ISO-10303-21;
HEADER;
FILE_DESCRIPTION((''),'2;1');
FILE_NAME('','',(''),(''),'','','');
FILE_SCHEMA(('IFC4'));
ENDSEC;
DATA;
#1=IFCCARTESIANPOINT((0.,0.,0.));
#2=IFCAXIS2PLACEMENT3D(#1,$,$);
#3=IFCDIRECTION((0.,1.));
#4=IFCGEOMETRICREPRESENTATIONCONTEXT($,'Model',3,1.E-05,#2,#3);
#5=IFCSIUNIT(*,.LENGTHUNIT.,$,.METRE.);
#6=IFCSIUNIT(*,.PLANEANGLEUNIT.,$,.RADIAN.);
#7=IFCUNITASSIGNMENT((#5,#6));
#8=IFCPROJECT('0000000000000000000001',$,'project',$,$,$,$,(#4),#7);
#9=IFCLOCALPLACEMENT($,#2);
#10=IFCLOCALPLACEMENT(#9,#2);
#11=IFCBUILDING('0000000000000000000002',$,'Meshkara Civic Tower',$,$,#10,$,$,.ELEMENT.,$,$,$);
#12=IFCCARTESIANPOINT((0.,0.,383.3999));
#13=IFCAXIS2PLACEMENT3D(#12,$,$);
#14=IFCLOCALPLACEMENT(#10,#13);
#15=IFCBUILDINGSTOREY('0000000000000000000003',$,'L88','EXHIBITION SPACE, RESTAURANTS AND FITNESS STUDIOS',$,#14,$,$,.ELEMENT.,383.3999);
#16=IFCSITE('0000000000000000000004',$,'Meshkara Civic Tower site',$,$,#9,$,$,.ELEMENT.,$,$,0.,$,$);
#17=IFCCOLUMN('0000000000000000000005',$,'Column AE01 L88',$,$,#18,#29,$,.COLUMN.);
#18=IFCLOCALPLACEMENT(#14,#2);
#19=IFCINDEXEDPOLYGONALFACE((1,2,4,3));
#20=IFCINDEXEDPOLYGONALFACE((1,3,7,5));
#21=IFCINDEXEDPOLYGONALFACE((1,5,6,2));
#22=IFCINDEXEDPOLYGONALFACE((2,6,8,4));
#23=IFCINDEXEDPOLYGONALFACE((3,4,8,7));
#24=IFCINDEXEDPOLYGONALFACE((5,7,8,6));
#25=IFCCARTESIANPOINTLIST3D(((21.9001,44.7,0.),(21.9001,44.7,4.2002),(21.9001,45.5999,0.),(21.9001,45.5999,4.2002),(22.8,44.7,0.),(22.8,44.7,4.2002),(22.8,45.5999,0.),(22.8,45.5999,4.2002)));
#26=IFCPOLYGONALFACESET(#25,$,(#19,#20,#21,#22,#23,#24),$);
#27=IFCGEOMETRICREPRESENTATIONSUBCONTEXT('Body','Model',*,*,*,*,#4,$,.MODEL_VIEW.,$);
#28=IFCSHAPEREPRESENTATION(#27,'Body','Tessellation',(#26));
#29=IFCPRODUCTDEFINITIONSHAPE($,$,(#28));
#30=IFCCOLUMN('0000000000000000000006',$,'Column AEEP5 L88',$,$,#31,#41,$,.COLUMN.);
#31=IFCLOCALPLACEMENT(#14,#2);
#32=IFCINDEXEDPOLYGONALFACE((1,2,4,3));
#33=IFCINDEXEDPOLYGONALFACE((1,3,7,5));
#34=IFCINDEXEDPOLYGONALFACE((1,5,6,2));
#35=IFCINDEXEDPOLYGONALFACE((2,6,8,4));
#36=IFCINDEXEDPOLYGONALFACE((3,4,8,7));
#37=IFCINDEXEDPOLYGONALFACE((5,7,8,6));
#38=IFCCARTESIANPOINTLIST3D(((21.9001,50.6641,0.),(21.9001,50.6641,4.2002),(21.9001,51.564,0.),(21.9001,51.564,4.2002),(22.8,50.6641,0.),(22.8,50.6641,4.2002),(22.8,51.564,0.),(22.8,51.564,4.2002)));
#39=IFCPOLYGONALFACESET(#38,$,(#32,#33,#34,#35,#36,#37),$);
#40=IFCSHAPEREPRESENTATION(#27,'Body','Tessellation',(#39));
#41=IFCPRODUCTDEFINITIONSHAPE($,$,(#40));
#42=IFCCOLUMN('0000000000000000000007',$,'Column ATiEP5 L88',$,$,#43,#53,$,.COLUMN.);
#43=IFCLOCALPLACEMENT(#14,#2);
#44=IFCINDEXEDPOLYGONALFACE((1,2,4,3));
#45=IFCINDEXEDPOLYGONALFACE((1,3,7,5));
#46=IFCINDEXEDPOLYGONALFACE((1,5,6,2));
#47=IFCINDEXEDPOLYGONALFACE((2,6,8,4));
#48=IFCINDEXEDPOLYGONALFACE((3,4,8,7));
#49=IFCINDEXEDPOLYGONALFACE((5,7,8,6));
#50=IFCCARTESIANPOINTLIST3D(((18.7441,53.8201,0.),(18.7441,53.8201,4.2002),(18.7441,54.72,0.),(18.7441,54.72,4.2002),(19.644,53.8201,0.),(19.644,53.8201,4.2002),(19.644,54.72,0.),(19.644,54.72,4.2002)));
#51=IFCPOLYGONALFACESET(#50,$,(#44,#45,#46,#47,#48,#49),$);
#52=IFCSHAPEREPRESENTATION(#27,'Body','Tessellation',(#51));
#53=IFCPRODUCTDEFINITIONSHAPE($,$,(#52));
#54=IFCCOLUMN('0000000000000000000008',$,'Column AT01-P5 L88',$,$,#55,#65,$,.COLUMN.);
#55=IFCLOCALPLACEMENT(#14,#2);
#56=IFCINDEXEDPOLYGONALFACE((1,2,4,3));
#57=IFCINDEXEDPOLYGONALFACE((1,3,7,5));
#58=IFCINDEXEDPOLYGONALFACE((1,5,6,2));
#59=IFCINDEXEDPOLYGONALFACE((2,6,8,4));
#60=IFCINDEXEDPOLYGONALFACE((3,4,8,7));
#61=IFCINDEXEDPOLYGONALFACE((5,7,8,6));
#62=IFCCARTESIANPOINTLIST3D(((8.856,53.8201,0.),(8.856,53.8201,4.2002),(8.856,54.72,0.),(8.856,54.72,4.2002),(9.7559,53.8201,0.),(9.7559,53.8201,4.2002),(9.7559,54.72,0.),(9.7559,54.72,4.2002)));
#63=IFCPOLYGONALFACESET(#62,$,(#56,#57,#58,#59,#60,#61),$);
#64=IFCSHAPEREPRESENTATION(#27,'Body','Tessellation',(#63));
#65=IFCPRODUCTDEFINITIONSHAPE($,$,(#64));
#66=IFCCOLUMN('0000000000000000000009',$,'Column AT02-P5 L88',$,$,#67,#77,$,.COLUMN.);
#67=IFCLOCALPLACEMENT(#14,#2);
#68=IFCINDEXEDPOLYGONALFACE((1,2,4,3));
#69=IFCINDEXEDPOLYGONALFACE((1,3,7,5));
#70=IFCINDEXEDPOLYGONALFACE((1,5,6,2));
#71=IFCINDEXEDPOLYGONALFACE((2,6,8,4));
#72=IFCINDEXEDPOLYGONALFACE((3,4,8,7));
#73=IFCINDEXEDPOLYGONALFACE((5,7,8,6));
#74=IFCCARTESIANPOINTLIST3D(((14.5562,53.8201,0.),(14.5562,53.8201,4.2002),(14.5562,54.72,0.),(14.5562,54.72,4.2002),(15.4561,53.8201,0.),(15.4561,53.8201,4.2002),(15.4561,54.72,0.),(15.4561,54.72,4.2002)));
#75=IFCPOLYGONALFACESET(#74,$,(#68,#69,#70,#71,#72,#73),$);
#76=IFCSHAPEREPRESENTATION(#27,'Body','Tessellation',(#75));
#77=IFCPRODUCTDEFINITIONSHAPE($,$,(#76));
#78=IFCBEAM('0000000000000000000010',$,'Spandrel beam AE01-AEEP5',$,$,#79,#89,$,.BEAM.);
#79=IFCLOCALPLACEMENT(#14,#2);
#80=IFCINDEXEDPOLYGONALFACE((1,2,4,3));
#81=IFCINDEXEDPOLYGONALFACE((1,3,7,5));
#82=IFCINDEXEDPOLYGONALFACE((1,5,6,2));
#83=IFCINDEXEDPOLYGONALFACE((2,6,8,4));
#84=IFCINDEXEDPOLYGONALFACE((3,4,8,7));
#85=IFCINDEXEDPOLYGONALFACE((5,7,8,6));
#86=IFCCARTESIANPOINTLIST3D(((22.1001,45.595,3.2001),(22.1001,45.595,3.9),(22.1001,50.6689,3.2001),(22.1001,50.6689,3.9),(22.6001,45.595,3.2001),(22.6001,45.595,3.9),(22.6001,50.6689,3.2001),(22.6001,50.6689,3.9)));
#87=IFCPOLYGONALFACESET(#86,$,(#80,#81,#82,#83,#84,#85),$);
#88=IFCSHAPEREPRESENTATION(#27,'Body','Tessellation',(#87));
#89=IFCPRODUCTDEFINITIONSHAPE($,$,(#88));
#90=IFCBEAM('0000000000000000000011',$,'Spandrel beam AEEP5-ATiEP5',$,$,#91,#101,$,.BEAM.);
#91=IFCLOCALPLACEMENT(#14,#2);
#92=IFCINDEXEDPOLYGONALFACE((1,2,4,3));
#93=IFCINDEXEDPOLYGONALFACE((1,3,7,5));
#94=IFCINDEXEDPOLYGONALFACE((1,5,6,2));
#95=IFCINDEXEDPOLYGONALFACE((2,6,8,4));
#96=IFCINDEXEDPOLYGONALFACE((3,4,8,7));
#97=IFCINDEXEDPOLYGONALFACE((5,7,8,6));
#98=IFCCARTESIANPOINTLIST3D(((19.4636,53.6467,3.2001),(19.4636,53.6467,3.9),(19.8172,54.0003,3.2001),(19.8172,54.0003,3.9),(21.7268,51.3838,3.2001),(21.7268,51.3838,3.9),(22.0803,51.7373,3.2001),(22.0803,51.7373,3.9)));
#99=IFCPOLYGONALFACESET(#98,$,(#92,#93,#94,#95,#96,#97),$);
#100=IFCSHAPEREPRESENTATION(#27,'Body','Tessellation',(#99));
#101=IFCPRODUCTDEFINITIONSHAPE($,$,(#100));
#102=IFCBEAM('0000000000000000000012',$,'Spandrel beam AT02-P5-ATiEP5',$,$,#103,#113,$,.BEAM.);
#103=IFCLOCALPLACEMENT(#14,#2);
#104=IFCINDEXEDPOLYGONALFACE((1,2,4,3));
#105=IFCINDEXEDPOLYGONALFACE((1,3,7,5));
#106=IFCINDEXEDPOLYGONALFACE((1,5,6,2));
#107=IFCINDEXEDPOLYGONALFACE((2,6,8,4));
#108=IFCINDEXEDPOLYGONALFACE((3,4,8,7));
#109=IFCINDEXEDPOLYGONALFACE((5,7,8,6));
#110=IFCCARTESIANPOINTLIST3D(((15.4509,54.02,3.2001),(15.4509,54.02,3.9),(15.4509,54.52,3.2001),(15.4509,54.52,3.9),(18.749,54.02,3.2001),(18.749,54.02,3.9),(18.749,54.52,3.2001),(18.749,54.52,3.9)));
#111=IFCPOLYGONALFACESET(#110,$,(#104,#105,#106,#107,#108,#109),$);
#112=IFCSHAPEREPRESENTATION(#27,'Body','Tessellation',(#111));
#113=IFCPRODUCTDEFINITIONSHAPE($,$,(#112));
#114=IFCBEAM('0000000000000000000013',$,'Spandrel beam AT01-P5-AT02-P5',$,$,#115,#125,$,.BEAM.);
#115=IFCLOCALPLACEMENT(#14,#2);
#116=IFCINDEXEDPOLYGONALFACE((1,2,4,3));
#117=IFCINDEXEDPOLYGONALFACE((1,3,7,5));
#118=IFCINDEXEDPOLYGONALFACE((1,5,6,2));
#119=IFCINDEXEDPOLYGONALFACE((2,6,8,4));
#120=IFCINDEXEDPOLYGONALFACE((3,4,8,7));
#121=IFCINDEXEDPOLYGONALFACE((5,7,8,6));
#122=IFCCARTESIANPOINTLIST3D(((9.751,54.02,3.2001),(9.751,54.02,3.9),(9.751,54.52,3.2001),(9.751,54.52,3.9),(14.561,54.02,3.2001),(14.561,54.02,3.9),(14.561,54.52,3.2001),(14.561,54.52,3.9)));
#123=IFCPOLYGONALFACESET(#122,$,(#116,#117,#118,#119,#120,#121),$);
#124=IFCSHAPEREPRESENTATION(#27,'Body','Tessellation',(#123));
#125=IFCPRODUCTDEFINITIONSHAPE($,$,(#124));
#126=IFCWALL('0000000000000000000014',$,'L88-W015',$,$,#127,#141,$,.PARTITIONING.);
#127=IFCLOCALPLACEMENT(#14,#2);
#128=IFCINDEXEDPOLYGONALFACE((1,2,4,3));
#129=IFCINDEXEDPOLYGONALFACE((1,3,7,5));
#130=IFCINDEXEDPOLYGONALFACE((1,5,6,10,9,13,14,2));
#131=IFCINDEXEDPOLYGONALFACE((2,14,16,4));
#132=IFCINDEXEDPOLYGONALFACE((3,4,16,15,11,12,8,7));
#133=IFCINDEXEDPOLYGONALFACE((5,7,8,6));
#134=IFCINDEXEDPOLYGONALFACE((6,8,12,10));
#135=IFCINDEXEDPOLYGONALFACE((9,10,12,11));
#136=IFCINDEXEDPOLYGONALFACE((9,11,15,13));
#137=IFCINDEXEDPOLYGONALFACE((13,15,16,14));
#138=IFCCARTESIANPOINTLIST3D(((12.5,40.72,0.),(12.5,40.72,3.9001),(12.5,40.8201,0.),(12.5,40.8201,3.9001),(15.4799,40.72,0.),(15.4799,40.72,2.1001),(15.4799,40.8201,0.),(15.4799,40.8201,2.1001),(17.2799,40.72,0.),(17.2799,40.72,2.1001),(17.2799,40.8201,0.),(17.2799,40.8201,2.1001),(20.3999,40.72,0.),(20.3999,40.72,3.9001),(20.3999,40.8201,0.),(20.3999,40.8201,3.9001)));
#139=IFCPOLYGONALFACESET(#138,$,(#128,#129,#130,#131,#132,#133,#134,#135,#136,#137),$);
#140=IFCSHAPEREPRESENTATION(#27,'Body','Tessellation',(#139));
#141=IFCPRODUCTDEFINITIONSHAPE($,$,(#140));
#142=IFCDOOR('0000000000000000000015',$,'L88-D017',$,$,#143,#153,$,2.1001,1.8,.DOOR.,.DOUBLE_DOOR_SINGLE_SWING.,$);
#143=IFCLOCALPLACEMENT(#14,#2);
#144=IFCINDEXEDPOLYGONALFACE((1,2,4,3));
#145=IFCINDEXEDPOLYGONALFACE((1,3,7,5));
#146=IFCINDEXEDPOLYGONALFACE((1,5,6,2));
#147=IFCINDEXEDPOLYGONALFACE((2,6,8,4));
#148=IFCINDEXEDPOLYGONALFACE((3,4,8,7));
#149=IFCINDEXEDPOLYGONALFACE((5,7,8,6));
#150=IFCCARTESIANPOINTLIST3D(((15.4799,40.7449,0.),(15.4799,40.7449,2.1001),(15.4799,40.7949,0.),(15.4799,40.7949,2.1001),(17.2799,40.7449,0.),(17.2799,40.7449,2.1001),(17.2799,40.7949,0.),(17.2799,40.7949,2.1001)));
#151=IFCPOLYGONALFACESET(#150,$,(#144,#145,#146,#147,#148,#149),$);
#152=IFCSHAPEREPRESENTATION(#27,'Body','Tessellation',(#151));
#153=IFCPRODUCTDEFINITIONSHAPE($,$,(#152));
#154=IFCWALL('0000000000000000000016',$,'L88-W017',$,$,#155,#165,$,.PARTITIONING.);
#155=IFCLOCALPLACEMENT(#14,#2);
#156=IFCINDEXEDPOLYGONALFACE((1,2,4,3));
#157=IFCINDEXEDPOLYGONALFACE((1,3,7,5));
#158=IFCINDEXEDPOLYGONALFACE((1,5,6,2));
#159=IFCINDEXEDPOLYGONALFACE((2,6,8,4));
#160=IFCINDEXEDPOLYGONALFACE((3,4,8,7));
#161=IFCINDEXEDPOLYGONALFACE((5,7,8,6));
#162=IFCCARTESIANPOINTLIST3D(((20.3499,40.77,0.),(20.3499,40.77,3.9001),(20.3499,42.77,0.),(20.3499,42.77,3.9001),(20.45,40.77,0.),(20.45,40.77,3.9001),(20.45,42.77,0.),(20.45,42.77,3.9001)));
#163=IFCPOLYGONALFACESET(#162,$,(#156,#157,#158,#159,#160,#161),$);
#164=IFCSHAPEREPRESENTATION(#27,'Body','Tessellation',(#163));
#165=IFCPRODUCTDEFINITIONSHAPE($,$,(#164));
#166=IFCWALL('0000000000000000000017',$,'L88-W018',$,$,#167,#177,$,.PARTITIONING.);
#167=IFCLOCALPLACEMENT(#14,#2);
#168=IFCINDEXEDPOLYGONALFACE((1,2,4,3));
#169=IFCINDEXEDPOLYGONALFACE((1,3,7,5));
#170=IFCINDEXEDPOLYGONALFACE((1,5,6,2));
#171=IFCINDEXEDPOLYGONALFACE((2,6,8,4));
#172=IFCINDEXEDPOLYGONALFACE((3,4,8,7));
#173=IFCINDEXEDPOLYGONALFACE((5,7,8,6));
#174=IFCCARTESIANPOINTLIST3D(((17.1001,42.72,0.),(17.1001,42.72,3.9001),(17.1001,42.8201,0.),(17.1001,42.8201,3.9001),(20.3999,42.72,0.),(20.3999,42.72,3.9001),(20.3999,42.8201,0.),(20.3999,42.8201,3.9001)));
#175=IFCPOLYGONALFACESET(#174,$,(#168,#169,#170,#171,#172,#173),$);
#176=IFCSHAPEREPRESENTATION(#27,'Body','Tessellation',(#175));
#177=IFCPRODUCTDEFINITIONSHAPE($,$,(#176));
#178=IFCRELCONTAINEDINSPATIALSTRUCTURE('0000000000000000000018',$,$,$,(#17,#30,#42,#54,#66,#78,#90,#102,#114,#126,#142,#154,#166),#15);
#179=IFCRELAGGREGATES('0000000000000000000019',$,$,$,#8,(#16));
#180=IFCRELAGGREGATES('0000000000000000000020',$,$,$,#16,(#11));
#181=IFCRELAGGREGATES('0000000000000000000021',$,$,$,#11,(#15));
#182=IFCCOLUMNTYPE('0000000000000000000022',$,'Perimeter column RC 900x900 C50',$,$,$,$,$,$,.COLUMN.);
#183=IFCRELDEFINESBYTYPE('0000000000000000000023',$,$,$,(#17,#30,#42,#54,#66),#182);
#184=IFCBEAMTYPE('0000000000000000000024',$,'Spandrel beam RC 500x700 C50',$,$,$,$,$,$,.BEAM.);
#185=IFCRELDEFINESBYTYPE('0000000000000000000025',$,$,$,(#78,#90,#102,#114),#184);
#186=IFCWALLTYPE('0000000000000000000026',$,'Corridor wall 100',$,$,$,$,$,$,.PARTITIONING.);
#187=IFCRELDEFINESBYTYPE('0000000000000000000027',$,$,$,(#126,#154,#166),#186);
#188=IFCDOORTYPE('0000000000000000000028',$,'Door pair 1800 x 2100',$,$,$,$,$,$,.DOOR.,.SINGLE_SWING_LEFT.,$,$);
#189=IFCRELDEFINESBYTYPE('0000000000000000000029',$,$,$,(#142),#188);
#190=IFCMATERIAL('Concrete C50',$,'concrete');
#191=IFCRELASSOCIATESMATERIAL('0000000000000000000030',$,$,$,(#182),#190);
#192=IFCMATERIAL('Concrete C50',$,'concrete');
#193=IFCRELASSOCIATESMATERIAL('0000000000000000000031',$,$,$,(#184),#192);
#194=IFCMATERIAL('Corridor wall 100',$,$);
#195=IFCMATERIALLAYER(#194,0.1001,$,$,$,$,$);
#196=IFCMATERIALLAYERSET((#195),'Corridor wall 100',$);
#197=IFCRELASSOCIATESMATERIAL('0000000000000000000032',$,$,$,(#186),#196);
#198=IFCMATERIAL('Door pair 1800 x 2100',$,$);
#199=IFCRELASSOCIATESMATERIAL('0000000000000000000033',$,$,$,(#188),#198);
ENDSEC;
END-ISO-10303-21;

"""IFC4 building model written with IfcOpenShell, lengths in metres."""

from ifc_helpers import new_model, si_unit, direction, frame, frame_2d, origin, origin_2d, place, context, subcontext, project, spatial, rectangle, extrude, material, layer, layer_set, material_profile, profile_set, type_object, element, fill, save


model = new_model("IFC4")

# Units and contexts
model_context = context("Model", 3, precision=1e-05, world=origin(), true_north=direction((0.0, 1.0)))
body_context = subcontext(model_context, "Body", "Model", "MODEL_VIEW")
ifc_project = project(units=[si_unit("LENGTHUNIT", "METRE"), si_unit("PLANEANGLEUNIT", "RADIAN")], contexts=[model_context])

# Site, building, storey
site_placement = place(None, origin())
site = spatial("IfcSite", under=ifc_project, at=site_placement, Name="Meshkara Civic Tower site", CompositionType="ELEMENT", RefElevation=0.0)
building_placement = place(site_placement, origin())
building = spatial("IfcBuilding", under=site, at=building_placement, Name="Meshkara Civic Tower", CompositionType="ELEMENT")
storey_placement = place(building_placement, frame((0.0, 0.0, 383.3999)))
storey = spatial("IfcBuildingStorey", under=building, at=storey_placement, Name="L88", Description="EXHIBITION SPACE, RESTAURANTS AND FITNESS STUDIOS", CompositionType="ELEMENT", Elevation=383.3999)

# Columns
ifc_material_1 = material(Name="Concrete C50", Category="concrete")
ifc_material_profile_1 = material_profile(ifc_material_1, rectangle(XDim=0.8999, YDim=0.8999, at=origin_2d()))
ifc_profile_set_1 = profile_set([ifc_material_profile_1], Name="Concrete C50")
column_type = type_object("IfcColumnType", Name="Perimeter column RC 900x900 C50", PredefinedType="COLUMN", material=ifc_profile_set_1)
for number, where, z_axis, x_axis, name in (
    (1, (22.3501, 45.1499, 0.0), (0.0, 0.0, 1.0), (1.0, 0.0, 0.0), "Column AE01 L88"),
    (2, (22.3501, 51.114, 0.0), (0.0, 0.0, 1.0), (1.0, 0.0, 0.0), "Column AEEP5 L88"),
    (3, (19.1941, 54.27, 0.0), (0.0, 0.0, 1.0), (1.0, 0.0, 0.0), "Column ATiEP5 L88"),
    (4, (9.3059, 54.27, 0.0), (0.0, 0.0, 1.0), (1.0, 0.0, 0.0), "Column AT01-P5 L88"),
    (5, (15.0061, 54.27, 0.0), (0.0, 0.0, 1.0), (1.0, 0.0, 0.0), "Column AT02-P5 L88"),
):
    element("IfcColumn", number, at=place(storey_placement, frame(where, z_axis=z_axis, x_axis=x_axis)), inside=storey, type_object=column_type, Name=name, PredefinedType="COLUMN", context=body_context, shape_type="SweptSolid", body=[
        extrude(rectangle(XDim=0.8999, YDim=0.8999, at=origin_2d()), origin(), (0.0, 0.0, 1.0), 4.2002),
    ])

# Beams
ifc_material_2 = material(Name="Concrete C50", Category="concrete")
ifc_material_profile_2 = material_profile(ifc_material_2, rectangle(XDim=0.5, YDim=0.7, at=origin_2d()))
ifc_profile_set_2 = profile_set([ifc_material_profile_2], Name="Concrete C50")
beam_type = type_object("IfcBeamType", Name="Spandrel beam RC 500x700 C50", PredefinedType="BEAM", material=ifc_profile_set_2)
beam_1_placement = place(storey_placement, frame((22.3501, 45.595, 3.55), z_axis=(0.0, 1.0, 0.0), x_axis=(-1.0, 0.0, 0.0)))
element("IfcBeam", 6, at=beam_1_placement, inside=storey, type_object=beam_type, Name="Spandrel beam AE01-AEEP5", PredefinedType="BEAM", context=body_context, shape_type="SweptSolid", body=[
    extrude(rectangle(XDim=0.5, YDim=0.7, at=origin_2d()), origin(), (0.0, 0.0, 1.0), 5.074),
])
beam_2_placement = place(storey_placement, frame((21.9036, 51.5605, 3.55), z_axis=(-0.707145, 0.707069, 0.0), x_axis=(-0.707069, -0.707145, 0.0)))
element("IfcBeam", 7, at=beam_2_placement, inside=storey, type_object=beam_type, Name="Spandrel beam AEEP5-ATiEP5", PredefinedType="BEAM", context=body_context, shape_type="SweptSolid", body=[
    extrude(rectangle(XDim=0.5, YDim=0.7, at=origin_2d()), origin(), (0.0, 0.0, 1.0), 3.2004),
])
beam_3_placement = place(storey_placement, frame((18.749, 54.27, 3.55), z_axis=(-1.0, 0.0, 0.0), x_axis=(0.0, -1.0, 0.0)))
element("IfcBeam", 8, at=beam_3_placement, inside=storey, type_object=beam_type, Name="Spandrel beam AT02-P5-ATiEP5", PredefinedType="BEAM", context=body_context, shape_type="SweptSolid", body=[
    extrude(rectangle(XDim=0.5, YDim=0.7, at=origin_2d()), origin(), (0.0, 0.0, 1.0), 3.2981),
])
beam_4_placement = place(storey_placement, frame((14.561, 54.27, 3.55), z_axis=(-1.0, 0.0, 0.0), x_axis=(0.0, -1.0, 0.0)))
element("IfcBeam", 9, at=beam_4_placement, inside=storey, type_object=beam_type, Name="Spandrel beam AT01-P5-AT02-P5", PredefinedType="BEAM", context=body_context, shape_type="SweptSolid", body=[
    extrude(rectangle(XDim=0.5, YDim=0.7, at=origin_2d()), origin(), (0.0, 0.0, 1.0), 4.8101),
])

# Wall, opening, door
ifc_material_3 = material(Name="Corridor wall 100")
ifc_layer_1 = layer(ifc_material_3, 0.1001)
ifc_layer_set_1 = layer_set([ifc_layer_1], Name="Corridor wall 100")
wall_type_1 = type_object("IfcWallType", Name="Corridor wall 100", PredefinedType="PARTITIONING", material=ifc_layer_set_1)
wall_1_placement = place(storey_placement, frame((12.5, 40.77, 0.0), z_axis=(0.0, 0.0, 1.0), x_axis=(1.0, 0.0, 0.0)))
wall_1 = element("IfcWall", 10, at=wall_1_placement, inside=storey, type_object=wall_type_1, Name="L88-W015", PredefinedType="PARTITIONING", context=body_context, shape_type="SweptSolid", body=[
    extrude(rectangle(XDim=7.8999, YDim=0.1001, at=frame_2d((3.95, 0.0))), origin(), (0.0, 0.0, 1.0), 3.9001),
])
opening_1_placement = place(wall_1_placement, frame((2.98, 0.0, 0.0)))
opening_1 = element("IfcOpeningElement", 11, at=opening_1_placement, cuts=wall_1, PredefinedType="OPENING", context=body_context, shape_type="SweptSolid", body=[
    extrude(rectangle(XDim=1.8, YDim=2.1001, at=frame_2d((0.8999, 1.05))), frame((0.0, 0.0601, 0.0), z_axis=(0.0, -1.0, 0.0), x_axis=(1.0, 0.0, 0.0)), (0.0, 0.0, 1.0), 0.1201),
])
ifc_material_4 = material(Name="Door pair 1800 x 2100")
door_type_1 = type_object("IfcDoorType", Name="Door pair 1800 x 2100", OperationType="SINGLE_SWING_LEFT", PredefinedType="DOOR", material=ifc_material_4)
door_1_placement = place(opening_1_placement, origin())
door_1 = element("IfcDoor", 12, at=door_1_placement, inside=storey, type_object=door_type_1, Name="L88-D017", OperationType="DOUBLE_DOOR_SINGLE_SWING", OverallHeight=2.1001, OverallWidth=1.8, PredefinedType="DOOR", context=body_context, shape_type="SweptSolid", body=[
    extrude(rectangle(XDim=1.8, YDim=2.1001, at=frame_2d((0.8999, 1.05))), frame((0.0, 0.0249, 0.0), z_axis=(0.0, -1.0, 0.0), x_axis=(1.0, 0.0, 0.0)), (0.0, 0.0, 1.0), 0.05),
])
fill(opening_1, door_1)

# Walls
wall_2_placement = place(storey_placement, frame((20.3999, 40.77, 0.0), z_axis=(0.0, 0.0, 1.0), x_axis=(0.0, 1.0, 0.0)))
element("IfcWall", 13, at=wall_2_placement, inside=storey, type_object=wall_type_1, Name="L88-W017", PredefinedType="PARTITIONING", context=body_context, shape_type="SweptSolid", body=[
    extrude(rectangle(XDim=2.0, YDim=0.1001, at=frame_2d((1.0, 0.0))), origin(), (0.0, 0.0, 1.0), 3.9001),
])
wall_3_placement = place(storey_placement, frame((20.3999, 42.77, 0.0), z_axis=(0.0, 0.0, 1.0), x_axis=(-1.0, 0.0, 0.0)))
element("IfcWall", 14, at=wall_3_placement, inside=storey, type_object=wall_type_1, Name="L88-W018", PredefinedType="PARTITIONING", context=body_context, shape_type="SweptSolid", body=[
    extrude(rectangle(XDim=3.2998, YDim=0.1001, at=frame_2d((1.6499, 0.0))), origin(), (0.0, 0.0, 1.0), 3.9001),
])

save(model, "model.ifc")
